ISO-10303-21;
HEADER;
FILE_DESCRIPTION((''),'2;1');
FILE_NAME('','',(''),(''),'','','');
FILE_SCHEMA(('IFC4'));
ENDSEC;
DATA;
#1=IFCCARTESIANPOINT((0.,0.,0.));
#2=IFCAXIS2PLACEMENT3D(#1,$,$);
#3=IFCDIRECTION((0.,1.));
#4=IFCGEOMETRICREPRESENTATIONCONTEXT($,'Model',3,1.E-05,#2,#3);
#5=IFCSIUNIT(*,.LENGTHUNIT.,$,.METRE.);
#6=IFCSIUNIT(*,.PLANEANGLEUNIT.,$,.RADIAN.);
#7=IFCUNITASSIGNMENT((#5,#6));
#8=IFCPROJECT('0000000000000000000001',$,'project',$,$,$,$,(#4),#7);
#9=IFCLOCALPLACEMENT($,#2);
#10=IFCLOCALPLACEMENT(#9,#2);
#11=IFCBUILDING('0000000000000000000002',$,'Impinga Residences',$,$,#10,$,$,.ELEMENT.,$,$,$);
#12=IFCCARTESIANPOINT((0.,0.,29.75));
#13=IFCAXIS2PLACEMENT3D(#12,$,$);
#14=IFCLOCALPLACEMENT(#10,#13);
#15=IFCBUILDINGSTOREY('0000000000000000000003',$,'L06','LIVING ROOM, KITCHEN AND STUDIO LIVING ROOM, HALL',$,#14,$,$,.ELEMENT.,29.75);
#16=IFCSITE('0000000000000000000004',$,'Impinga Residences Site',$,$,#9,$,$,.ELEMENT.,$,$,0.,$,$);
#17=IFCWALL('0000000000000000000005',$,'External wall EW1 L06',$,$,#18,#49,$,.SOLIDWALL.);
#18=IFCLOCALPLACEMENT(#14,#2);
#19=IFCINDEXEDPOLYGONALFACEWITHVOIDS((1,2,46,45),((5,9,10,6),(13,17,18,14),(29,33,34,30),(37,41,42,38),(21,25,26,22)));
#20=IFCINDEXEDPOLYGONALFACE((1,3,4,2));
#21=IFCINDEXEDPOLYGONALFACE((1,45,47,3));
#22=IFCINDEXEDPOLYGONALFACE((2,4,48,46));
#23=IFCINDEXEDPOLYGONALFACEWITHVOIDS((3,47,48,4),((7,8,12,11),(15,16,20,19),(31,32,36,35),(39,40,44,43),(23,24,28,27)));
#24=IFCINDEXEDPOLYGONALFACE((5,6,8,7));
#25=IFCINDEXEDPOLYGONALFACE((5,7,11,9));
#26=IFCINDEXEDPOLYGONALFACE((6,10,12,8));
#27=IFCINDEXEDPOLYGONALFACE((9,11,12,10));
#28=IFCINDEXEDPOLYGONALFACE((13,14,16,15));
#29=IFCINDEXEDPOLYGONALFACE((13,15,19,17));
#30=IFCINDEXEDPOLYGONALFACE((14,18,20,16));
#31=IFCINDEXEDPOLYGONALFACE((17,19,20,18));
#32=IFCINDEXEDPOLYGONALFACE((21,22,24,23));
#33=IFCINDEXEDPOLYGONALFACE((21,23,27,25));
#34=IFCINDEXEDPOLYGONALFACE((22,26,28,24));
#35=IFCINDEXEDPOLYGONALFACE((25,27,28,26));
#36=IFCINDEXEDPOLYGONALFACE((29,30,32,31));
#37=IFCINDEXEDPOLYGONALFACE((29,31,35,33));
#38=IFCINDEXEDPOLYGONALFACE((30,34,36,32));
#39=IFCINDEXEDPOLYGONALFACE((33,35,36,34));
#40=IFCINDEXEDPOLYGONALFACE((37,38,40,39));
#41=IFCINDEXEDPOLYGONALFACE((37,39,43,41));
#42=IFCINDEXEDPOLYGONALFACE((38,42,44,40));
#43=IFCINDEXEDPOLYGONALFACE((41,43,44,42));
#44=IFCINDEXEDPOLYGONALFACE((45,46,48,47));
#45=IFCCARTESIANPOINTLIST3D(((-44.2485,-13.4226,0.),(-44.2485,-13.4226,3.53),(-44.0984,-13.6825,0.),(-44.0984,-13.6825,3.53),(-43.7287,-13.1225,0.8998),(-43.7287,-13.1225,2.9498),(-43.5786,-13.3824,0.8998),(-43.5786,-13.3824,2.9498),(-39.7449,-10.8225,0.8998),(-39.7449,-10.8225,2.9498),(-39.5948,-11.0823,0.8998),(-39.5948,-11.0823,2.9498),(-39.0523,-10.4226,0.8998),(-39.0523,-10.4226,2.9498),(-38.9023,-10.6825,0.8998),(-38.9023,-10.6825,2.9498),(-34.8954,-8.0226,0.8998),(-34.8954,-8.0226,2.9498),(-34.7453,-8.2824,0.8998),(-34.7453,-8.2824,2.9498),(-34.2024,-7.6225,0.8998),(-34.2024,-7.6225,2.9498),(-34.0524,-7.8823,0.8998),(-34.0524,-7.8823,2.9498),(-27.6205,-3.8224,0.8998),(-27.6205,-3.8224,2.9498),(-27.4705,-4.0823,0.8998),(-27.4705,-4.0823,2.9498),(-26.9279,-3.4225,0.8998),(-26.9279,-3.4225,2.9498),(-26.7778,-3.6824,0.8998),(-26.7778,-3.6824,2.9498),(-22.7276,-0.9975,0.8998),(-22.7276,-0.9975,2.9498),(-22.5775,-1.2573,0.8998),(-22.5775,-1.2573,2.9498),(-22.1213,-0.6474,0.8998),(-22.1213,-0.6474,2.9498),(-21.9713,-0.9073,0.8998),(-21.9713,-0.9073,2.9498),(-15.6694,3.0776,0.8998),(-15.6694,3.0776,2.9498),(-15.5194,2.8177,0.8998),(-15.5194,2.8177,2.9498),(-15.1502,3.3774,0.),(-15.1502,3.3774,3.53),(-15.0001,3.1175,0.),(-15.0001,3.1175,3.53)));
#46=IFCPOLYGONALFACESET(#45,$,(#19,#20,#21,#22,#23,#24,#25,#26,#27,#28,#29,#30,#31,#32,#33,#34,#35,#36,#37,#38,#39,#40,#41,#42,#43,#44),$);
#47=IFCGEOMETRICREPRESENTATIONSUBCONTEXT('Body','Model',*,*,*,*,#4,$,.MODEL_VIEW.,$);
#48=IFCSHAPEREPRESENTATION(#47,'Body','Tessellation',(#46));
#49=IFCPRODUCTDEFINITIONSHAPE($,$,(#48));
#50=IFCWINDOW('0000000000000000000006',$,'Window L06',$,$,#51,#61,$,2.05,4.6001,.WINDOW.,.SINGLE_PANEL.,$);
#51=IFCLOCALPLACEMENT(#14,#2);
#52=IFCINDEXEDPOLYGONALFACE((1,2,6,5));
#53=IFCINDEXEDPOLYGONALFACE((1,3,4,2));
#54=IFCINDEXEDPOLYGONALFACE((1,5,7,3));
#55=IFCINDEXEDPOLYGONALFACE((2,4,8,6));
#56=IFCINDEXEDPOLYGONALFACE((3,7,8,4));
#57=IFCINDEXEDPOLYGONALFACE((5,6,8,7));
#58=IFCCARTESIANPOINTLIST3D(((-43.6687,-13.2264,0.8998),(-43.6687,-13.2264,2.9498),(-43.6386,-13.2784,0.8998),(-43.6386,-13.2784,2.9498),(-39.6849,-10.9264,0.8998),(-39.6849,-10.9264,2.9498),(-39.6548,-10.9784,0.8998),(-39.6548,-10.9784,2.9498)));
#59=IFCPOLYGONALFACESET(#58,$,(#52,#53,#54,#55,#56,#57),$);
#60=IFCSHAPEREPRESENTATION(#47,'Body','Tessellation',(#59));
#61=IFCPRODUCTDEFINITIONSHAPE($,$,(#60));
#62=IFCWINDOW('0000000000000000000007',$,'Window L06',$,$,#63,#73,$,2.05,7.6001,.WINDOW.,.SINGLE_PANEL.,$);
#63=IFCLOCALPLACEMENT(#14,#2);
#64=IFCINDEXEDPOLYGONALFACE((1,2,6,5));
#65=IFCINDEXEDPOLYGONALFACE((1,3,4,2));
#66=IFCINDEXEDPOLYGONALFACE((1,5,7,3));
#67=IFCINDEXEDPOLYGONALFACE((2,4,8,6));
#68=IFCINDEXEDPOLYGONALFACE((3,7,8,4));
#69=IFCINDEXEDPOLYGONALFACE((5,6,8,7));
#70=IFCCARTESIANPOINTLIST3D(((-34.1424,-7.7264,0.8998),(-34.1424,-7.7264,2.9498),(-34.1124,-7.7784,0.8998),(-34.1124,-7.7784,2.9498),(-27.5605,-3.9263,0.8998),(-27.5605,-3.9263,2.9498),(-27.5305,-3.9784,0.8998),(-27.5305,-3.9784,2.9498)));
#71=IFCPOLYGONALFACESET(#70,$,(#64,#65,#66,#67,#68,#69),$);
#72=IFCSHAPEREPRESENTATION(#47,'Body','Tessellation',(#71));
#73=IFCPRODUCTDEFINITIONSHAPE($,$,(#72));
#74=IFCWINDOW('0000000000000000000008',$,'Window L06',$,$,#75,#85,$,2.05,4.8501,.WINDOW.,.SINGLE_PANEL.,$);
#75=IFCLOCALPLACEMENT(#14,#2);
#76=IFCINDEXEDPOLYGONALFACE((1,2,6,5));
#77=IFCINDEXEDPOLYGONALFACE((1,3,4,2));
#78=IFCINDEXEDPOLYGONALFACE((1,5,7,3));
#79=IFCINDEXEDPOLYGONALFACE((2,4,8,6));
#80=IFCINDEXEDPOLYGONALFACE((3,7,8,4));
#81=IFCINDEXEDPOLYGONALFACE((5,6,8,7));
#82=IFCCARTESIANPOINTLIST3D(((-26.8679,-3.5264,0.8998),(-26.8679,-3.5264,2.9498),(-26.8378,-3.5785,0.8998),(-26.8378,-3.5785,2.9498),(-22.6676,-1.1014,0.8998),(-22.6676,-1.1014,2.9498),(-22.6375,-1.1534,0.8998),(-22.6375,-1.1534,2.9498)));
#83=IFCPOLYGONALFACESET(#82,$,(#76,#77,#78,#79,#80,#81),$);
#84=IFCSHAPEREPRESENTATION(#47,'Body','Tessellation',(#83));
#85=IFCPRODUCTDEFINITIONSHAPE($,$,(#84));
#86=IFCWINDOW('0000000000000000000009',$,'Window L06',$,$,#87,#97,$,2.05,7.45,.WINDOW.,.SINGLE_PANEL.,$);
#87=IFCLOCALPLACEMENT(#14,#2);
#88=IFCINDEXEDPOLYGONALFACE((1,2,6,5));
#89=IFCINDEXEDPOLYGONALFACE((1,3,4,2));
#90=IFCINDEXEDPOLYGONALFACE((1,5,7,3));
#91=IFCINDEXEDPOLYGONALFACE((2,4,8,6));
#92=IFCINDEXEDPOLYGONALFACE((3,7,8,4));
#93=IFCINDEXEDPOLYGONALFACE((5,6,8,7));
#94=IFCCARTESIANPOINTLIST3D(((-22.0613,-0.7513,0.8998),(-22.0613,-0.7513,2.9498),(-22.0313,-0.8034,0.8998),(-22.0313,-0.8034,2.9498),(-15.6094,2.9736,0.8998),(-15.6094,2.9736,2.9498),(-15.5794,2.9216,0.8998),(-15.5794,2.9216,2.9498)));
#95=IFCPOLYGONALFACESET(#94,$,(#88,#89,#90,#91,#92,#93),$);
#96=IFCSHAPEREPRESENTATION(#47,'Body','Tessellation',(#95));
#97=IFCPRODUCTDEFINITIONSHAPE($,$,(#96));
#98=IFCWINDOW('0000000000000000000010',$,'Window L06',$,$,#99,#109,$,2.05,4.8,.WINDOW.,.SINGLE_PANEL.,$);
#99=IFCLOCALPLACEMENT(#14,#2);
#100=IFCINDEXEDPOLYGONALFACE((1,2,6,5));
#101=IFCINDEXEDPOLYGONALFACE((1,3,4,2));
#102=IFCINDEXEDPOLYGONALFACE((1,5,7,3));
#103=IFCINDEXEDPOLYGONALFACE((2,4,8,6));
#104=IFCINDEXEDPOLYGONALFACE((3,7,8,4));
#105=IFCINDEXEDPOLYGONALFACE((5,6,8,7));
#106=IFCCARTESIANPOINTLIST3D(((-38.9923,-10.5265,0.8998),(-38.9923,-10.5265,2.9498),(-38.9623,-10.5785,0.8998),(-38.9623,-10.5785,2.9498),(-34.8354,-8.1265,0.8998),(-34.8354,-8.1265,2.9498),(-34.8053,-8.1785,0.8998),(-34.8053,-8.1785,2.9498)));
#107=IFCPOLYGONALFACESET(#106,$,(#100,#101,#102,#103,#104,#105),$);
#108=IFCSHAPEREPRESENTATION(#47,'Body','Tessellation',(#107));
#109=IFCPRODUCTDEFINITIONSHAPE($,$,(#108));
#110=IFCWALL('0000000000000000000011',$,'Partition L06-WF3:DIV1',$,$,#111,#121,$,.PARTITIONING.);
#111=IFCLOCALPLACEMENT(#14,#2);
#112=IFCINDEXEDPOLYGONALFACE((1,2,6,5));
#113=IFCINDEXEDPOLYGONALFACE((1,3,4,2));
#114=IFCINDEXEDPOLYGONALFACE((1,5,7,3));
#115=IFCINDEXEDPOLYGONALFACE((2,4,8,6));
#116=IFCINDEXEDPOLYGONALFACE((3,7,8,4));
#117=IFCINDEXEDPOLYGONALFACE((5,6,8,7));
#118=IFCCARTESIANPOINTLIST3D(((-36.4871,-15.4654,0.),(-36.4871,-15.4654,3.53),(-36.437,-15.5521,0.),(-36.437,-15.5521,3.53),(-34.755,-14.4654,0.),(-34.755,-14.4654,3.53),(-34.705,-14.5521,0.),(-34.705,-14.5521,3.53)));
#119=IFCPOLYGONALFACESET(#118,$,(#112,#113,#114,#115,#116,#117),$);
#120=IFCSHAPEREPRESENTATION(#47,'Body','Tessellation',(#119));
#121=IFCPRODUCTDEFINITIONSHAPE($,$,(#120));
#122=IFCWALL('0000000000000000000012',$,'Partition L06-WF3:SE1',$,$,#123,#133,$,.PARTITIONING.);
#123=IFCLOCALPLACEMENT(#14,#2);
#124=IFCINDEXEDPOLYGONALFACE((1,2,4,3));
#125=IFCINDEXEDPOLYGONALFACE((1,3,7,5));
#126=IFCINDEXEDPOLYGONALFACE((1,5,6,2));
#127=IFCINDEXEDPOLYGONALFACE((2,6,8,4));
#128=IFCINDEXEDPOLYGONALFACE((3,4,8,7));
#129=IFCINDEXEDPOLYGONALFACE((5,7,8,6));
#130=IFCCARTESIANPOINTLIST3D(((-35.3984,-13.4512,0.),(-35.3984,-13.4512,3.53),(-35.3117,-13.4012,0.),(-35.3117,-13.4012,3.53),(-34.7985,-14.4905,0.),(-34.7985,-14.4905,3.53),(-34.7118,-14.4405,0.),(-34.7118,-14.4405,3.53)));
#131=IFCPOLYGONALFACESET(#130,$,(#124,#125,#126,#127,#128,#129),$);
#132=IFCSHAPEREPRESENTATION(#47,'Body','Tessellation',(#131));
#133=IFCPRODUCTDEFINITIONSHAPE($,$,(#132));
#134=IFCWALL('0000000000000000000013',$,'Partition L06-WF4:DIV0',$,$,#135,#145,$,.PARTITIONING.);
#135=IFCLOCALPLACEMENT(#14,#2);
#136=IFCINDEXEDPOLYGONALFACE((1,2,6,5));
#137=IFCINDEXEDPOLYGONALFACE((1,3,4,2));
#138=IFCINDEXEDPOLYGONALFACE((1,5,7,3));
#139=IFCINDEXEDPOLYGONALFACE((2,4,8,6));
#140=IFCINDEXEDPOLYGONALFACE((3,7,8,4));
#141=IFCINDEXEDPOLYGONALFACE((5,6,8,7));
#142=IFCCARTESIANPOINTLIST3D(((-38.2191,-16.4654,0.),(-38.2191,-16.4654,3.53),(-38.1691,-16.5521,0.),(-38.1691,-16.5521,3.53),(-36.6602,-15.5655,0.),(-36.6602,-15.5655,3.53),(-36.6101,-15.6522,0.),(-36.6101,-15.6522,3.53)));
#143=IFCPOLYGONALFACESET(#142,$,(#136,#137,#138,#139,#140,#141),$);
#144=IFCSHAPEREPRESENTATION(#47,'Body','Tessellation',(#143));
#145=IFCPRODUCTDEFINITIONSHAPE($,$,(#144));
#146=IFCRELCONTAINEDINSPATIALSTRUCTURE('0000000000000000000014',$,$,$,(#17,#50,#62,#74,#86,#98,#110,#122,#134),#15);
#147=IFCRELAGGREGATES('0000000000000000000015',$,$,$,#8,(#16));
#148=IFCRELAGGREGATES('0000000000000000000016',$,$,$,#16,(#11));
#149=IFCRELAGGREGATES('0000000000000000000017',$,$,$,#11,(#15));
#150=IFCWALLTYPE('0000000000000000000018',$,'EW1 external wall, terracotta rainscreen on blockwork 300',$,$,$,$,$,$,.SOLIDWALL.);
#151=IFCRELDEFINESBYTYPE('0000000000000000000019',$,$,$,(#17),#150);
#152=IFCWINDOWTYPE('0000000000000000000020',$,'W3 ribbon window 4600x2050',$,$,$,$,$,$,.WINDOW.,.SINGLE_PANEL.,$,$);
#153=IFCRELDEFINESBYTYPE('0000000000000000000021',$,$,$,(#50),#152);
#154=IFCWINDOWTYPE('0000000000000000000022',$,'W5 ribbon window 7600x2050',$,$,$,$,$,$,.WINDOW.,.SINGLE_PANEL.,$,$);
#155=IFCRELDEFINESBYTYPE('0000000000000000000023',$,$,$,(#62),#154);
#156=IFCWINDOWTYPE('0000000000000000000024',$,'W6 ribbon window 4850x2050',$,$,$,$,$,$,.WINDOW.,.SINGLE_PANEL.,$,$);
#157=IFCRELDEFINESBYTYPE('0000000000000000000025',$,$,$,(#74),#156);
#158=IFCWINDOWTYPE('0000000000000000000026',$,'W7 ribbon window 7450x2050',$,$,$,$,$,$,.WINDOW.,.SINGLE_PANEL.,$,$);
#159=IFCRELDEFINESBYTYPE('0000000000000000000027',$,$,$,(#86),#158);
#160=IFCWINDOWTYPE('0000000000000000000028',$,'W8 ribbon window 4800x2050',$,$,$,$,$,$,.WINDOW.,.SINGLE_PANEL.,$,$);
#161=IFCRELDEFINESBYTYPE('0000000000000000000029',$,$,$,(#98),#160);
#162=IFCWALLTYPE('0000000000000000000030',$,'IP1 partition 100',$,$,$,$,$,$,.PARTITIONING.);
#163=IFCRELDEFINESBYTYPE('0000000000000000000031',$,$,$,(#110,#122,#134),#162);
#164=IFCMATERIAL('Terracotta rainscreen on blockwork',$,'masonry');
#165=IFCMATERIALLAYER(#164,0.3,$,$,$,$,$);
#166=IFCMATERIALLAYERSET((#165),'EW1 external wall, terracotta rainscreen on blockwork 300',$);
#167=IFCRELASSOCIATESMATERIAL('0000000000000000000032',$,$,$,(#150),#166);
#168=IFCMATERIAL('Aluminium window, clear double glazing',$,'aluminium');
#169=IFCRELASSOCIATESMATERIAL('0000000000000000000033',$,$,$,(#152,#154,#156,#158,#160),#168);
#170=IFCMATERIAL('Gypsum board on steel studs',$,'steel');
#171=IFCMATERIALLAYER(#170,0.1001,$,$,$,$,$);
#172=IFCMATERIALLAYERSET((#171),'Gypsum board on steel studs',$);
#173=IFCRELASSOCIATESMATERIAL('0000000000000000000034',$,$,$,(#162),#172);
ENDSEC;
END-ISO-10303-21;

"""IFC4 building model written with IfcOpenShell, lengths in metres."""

from ifc_helpers import new_model, si_unit, direction, frame, frame_2d, origin, place, context, subcontext, project, spatial, rectangle, extrude, material, layer, layer_set, type_object, element, fill, save


model = new_model("IFC4")

# Units and contexts
model_context = context("Model", 3, precision=1e-05, world=origin(), true_north=direction((0.0, 1.0)))
body_context = subcontext(model_context, "Body", "Model", "MODEL_VIEW")
ifc_project = project(units=[si_unit("LENGTHUNIT", "METRE"), si_unit("PLANEANGLEUNIT", "RADIAN")], contexts=[model_context])

# Site, building, storey
site_placement = place(None, origin())
site = spatial("IfcSite", under=ifc_project, at=site_placement, Name="Impinga Residences Site", CompositionType="ELEMENT", RefElevation=0.0)
building_placement = place(site_placement, origin())
building = spatial("IfcBuilding", under=site, at=building_placement, Name="Impinga Residences", CompositionType="ELEMENT")
storey_placement = place(building_placement, frame((0.0, 0.0, 29.75)))
storey = spatial("IfcBuildingStorey", under=building, at=storey_placement, Name="L06", Description="LIVING ROOM, KITCHEN AND STUDIO LIVING ROOM, HALL", CompositionType="ELEMENT", Elevation=29.75)

# Shared definitions
ifc_material_1 = material(Name="Terracotta rainscreen on blockwork", Category="masonry")
ifc_layer_1 = layer(ifc_material_1, 0.3)
ifc_layer_set_1 = layer_set([ifc_layer_1], Name="EW1 external wall, terracotta rainscreen on blockwork 300")
wall_type_1 = type_object("IfcWallType", Name="EW1 external wall, terracotta rainscreen on blockwork 300", PredefinedType="SOLIDWALL", material=ifc_layer_set_1)

# Wall, openings, windows
wall_1_placement = place(storey_placement, frame((-44.1733, -13.5525, 0.0), z_axis=(0.0, 0.0, 1.0), x_axis=(0.866024, 0.500002, 0.0)))
wall_1 = element("IfcWall", 1, at=wall_1_placement, inside=storey, type_object=wall_type_1, Name="External wall EW1 L06", PredefinedType="SOLIDWALL", context=body_context, shape_type="SweptSolid", body=[
    extrude(rectangle(XDim=33.5999, YDim=0.3, at=frame_2d((16.7998, 0.0))), origin(), (0.0, 0.0, 1.0), 3.53),
])
opening_1_placement = place(wall_1_placement, frame((0.6001, 0.0, 0.8999)))
opening_1 = element("IfcOpeningElement", 2, at=opening_1_placement, cuts=wall_1, PredefinedType="OPENING", context=body_context, shape_type="SweptSolid", body=[
    extrude(rectangle(XDim=4.6001, YDim=2.05, at=frame_2d((2.3, 1.0249))), frame((0.0, 0.1599, 0.0), z_axis=(0.0, -1.0, 0.0), x_axis=(1.0, 0.0, 0.0)), (0.0, 0.0, 1.0), 0.3201),
])
opening_2_placement = place(wall_1_placement, frame((6.0, 0.0, 0.8999)))
opening_2 = element("IfcOpeningElement", 3, at=opening_2_placement, cuts=wall_1, PredefinedType="OPENING", context=body_context, shape_type="SweptSolid", body=[
    extrude(rectangle(XDim=4.8, YDim=2.05, at=frame_2d((2.3999, 1.0249))), frame((0.0, 0.1599, 0.0), z_axis=(0.0, -1.0, 0.0), x_axis=(1.0, 0.0, 0.0)), (0.0, 0.0, 1.0), 0.3201),
])
opening_3_placement = place(wall_1_placement, frame((11.6001, 0.0, 0.8999)))
opening_3 = element("IfcOpeningElement", 4, at=opening_3_placement, cuts=wall_1, PredefinedType="OPENING", context=body_context, shape_type="SweptSolid", body=[
    extrude(rectangle(XDim=7.6001, YDim=2.05, at=frame_2d((3.8, 1.0249))), frame((0.0, 0.1599, 0.0), z_axis=(0.0, -1.0, 0.0), x_axis=(1.0, 0.0, 0.0)), (0.0, 0.0, 1.0), 0.3201),
])
opening_4_placement = place(wall_1_placement, frame((20.0, 0.0, 0.8999)))
opening_4 = element("IfcOpeningElement", 5, at=opening_4_placement, cuts=wall_1, PredefinedType="OPENING", context=body_context, shape_type="SweptSolid", body=[
    extrude(rectangle(XDim=4.8501, YDim=2.05, at=frame_2d((2.425, 1.0249))), frame((0.0, 0.1599, 0.0), z_axis=(0.0, -1.0, 0.0), x_axis=(1.0, 0.0, 0.0)), (0.0, 0.0, 1.0), 0.3201),
])
opening_5_placement = place(wall_1_placement, frame((25.55, 0.0, 0.8999)))
opening_5 = element("IfcOpeningElement", 6, at=opening_5_placement, cuts=wall_1, PredefinedType="OPENING", context=body_context, shape_type="SweptSolid", body=[
    extrude(rectangle(XDim=7.45, YDim=2.05, at=frame_2d((3.7251, 1.0249))), frame((0.0, 0.1599, 0.0), z_axis=(0.0, -1.0, 0.0), x_axis=(1.0, 0.0, 0.0)), (0.0, 0.0, 1.0), 0.3201),
])
ifc_material_2 = material(Name="Aluminium window, clear double glazing", Category="aluminium")
window_type_1 = type_object("IfcWindowType", Name="W3 ribbon window 4600x2050", PartitioningType="SINGLE_PANEL", PredefinedType="WINDOW", material=ifc_material_2)
window_1_placement = place(opening_1_placement, origin())
window_1 = element("IfcWindow", 7, at=window_1_placement, inside=storey, type_object=window_type_1, Name="Window L06", OverallHeight=2.05, OverallWidth=4.6001, PartitioningType="SINGLE_PANEL", PredefinedType="WINDOW", context=body_context, shape_type="SweptSolid", body=[
    extrude(rectangle(XDim=4.6001, YDim=2.05, at=frame_2d((2.3, 1.0249))), frame((0.0, 0.03, 0.0), z_axis=(0.0, -1.0, 0.0), x_axis=(1.0, 0.0, 0.0)), (0.0, 0.0, 1.0), 0.0601),
])
fill(opening_1, window_1)
window_type_2 = type_object("IfcWindowType", Name="W5 ribbon window 7600x2050", PartitioningType="SINGLE_PANEL", PredefinedType="WINDOW", material=ifc_material_2)
window_2_placement = place(opening_3_placement, origin())
window_2 = element("IfcWindow", 8, at=window_2_placement, inside=storey, type_object=window_type_2, Name="Window L06", OverallHeight=2.05, OverallWidth=7.6001, PartitioningType="SINGLE_PANEL", PredefinedType="WINDOW", context=body_context, shape_type="SweptSolid", body=[
    extrude(rectangle(XDim=7.6001, YDim=2.05, at=frame_2d((3.8, 1.0249))), frame((0.0, 0.03, 0.0), z_axis=(0.0, -1.0, 0.0), x_axis=(1.0, 0.0, 0.0)), (0.0, 0.0, 1.0), 0.0601),
])
fill(opening_3, window_2)
window_type_3 = type_object("IfcWindowType", Name="W6 ribbon window 4850x2050", PartitioningType="SINGLE_PANEL", PredefinedType="WINDOW", material=ifc_material_2)
window_3_placement = place(opening_4_placement, origin())
window_3 = element("IfcWindow", 9, at=window_3_placement, inside=storey, type_object=window_type_3, Name="Window L06", OverallHeight=2.05, OverallWidth=4.8501, PartitioningType="SINGLE_PANEL", PredefinedType="WINDOW", context=body_context, shape_type="SweptSolid", body=[
    extrude(rectangle(XDim=4.8501, YDim=2.05, at=frame_2d((2.425, 1.0249))), frame((0.0, 0.03, 0.0), z_axis=(0.0, -1.0, 0.0), x_axis=(1.0, 0.0, 0.0)), (0.0, 0.0, 1.0), 0.0601),
])
fill(opening_4, window_3)
window_type_4 = type_object("IfcWindowType", Name="W7 ribbon window 7450x2050", PartitioningType="SINGLE_PANEL", PredefinedType="WINDOW", material=ifc_material_2)
window_4_placement = place(opening_5_placement, origin())
window_4 = element("IfcWindow", 10, at=window_4_placement, inside=storey, type_object=window_type_4, Name="Window L06", OverallHeight=2.05, OverallWidth=7.45, PartitioningType="SINGLE_PANEL", PredefinedType="WINDOW", context=body_context, shape_type="SweptSolid", body=[
    extrude(rectangle(XDim=7.45, YDim=2.05, at=frame_2d((3.7251, 1.0249))), frame((0.0, 0.03, 0.0), z_axis=(0.0, -1.0, 0.0), x_axis=(1.0, 0.0, 0.0)), (0.0, 0.0, 1.0), 0.0601),
])
fill(opening_5, window_4)
window_type_5 = type_object("IfcWindowType", Name="W8 ribbon window 4800x2050", PartitioningType="SINGLE_PANEL", PredefinedType="WINDOW", material=ifc_material_2)
window_5_placement = place(opening_2_placement, origin())
window_5 = element("IfcWindow", 11, at=window_5_placement, inside=storey, type_object=window_type_5, Name="Window L06", OverallHeight=2.05, OverallWidth=4.8, PartitioningType="SINGLE_PANEL", PredefinedType="WINDOW", context=body_context, shape_type="SweptSolid", body=[
    extrude(rectangle(XDim=4.8, YDim=2.05, at=frame_2d((2.3999, 1.0249))), frame((0.0, 0.03, 0.0), z_axis=(0.0, -1.0, 0.0), x_axis=(1.0, 0.0, 0.0)), (0.0, 0.0, 1.0), 0.0601),
])
fill(opening_2, window_5)

# Walls
ifc_material_3 = material(Name="Gypsum board on steel studs", Category="steel")
ifc_layer_2 = layer(ifc_material_3, 0.1001)
ifc_layer_set_2 = layer_set([ifc_layer_2], Name="Gypsum board on steel studs")
wall_type_2 = type_object("IfcWallType", Name="IP1 partition 100", PredefinedType="PARTITIONING", material=ifc_layer_set_2)
wall_2_placement = place(storey_placement, frame((-34.73, -14.5088, 0.0), z_axis=(0.0, 0.0, 1.0), x_axis=(-0.866041, -0.499973, 0.0)))
element("IfcWall", 12, at=wall_2_placement, inside=storey, type_object=wall_type_2, Name="Partition L06-WF3:DIV1", PredefinedType="PARTITIONING", context=body_context, shape_type="SweptSolid", body=[
    extrude(rectangle(XDim=2.0, YDim=0.1001, at=frame_2d((1.0, 0.0))), origin(), (0.0, 0.0, 1.0), 3.53),
])
wall_3_placement = place(storey_placement, frame((-34.7551, -14.4656, 0.0), z_axis=(0.0, 0.0, 1.0), x_axis=(-0.499881, 0.866094, 0.0)))
element("IfcWall", 13, at=wall_3_placement, inside=storey, type_object=wall_type_2, Name="Partition L06-WF3:SE1", PredefinedType="PARTITIONING", context=body_context, shape_type="SweptSolid", body=[
    extrude(rectangle(XDim=1.2, YDim=0.1001, at=frame_2d((0.6001, 0.0))), origin(), (0.0, 0.0, 1.0), 3.53),
])
wall_4_placement = place(storey_placement, frame((-36.6353, -15.6089, 0.0), z_axis=(0.0, 0.0, 1.0), x_axis=(-0.866048, -0.499961, 0.0)))
element("IfcWall", 14, at=wall_4_placement, inside=storey, type_object=wall_type_2, Name="Partition L06-WF4:DIV0", PredefinedType="PARTITIONING", context=body_context, shape_type="SweptSolid", body=[
    extrude(rectangle(XDim=1.8, YDim=0.1001, at=frame_2d((0.8999, 0.0))), origin(), (0.0, 0.0, 1.0), 3.53),
])

save(model, "model.ifc")
